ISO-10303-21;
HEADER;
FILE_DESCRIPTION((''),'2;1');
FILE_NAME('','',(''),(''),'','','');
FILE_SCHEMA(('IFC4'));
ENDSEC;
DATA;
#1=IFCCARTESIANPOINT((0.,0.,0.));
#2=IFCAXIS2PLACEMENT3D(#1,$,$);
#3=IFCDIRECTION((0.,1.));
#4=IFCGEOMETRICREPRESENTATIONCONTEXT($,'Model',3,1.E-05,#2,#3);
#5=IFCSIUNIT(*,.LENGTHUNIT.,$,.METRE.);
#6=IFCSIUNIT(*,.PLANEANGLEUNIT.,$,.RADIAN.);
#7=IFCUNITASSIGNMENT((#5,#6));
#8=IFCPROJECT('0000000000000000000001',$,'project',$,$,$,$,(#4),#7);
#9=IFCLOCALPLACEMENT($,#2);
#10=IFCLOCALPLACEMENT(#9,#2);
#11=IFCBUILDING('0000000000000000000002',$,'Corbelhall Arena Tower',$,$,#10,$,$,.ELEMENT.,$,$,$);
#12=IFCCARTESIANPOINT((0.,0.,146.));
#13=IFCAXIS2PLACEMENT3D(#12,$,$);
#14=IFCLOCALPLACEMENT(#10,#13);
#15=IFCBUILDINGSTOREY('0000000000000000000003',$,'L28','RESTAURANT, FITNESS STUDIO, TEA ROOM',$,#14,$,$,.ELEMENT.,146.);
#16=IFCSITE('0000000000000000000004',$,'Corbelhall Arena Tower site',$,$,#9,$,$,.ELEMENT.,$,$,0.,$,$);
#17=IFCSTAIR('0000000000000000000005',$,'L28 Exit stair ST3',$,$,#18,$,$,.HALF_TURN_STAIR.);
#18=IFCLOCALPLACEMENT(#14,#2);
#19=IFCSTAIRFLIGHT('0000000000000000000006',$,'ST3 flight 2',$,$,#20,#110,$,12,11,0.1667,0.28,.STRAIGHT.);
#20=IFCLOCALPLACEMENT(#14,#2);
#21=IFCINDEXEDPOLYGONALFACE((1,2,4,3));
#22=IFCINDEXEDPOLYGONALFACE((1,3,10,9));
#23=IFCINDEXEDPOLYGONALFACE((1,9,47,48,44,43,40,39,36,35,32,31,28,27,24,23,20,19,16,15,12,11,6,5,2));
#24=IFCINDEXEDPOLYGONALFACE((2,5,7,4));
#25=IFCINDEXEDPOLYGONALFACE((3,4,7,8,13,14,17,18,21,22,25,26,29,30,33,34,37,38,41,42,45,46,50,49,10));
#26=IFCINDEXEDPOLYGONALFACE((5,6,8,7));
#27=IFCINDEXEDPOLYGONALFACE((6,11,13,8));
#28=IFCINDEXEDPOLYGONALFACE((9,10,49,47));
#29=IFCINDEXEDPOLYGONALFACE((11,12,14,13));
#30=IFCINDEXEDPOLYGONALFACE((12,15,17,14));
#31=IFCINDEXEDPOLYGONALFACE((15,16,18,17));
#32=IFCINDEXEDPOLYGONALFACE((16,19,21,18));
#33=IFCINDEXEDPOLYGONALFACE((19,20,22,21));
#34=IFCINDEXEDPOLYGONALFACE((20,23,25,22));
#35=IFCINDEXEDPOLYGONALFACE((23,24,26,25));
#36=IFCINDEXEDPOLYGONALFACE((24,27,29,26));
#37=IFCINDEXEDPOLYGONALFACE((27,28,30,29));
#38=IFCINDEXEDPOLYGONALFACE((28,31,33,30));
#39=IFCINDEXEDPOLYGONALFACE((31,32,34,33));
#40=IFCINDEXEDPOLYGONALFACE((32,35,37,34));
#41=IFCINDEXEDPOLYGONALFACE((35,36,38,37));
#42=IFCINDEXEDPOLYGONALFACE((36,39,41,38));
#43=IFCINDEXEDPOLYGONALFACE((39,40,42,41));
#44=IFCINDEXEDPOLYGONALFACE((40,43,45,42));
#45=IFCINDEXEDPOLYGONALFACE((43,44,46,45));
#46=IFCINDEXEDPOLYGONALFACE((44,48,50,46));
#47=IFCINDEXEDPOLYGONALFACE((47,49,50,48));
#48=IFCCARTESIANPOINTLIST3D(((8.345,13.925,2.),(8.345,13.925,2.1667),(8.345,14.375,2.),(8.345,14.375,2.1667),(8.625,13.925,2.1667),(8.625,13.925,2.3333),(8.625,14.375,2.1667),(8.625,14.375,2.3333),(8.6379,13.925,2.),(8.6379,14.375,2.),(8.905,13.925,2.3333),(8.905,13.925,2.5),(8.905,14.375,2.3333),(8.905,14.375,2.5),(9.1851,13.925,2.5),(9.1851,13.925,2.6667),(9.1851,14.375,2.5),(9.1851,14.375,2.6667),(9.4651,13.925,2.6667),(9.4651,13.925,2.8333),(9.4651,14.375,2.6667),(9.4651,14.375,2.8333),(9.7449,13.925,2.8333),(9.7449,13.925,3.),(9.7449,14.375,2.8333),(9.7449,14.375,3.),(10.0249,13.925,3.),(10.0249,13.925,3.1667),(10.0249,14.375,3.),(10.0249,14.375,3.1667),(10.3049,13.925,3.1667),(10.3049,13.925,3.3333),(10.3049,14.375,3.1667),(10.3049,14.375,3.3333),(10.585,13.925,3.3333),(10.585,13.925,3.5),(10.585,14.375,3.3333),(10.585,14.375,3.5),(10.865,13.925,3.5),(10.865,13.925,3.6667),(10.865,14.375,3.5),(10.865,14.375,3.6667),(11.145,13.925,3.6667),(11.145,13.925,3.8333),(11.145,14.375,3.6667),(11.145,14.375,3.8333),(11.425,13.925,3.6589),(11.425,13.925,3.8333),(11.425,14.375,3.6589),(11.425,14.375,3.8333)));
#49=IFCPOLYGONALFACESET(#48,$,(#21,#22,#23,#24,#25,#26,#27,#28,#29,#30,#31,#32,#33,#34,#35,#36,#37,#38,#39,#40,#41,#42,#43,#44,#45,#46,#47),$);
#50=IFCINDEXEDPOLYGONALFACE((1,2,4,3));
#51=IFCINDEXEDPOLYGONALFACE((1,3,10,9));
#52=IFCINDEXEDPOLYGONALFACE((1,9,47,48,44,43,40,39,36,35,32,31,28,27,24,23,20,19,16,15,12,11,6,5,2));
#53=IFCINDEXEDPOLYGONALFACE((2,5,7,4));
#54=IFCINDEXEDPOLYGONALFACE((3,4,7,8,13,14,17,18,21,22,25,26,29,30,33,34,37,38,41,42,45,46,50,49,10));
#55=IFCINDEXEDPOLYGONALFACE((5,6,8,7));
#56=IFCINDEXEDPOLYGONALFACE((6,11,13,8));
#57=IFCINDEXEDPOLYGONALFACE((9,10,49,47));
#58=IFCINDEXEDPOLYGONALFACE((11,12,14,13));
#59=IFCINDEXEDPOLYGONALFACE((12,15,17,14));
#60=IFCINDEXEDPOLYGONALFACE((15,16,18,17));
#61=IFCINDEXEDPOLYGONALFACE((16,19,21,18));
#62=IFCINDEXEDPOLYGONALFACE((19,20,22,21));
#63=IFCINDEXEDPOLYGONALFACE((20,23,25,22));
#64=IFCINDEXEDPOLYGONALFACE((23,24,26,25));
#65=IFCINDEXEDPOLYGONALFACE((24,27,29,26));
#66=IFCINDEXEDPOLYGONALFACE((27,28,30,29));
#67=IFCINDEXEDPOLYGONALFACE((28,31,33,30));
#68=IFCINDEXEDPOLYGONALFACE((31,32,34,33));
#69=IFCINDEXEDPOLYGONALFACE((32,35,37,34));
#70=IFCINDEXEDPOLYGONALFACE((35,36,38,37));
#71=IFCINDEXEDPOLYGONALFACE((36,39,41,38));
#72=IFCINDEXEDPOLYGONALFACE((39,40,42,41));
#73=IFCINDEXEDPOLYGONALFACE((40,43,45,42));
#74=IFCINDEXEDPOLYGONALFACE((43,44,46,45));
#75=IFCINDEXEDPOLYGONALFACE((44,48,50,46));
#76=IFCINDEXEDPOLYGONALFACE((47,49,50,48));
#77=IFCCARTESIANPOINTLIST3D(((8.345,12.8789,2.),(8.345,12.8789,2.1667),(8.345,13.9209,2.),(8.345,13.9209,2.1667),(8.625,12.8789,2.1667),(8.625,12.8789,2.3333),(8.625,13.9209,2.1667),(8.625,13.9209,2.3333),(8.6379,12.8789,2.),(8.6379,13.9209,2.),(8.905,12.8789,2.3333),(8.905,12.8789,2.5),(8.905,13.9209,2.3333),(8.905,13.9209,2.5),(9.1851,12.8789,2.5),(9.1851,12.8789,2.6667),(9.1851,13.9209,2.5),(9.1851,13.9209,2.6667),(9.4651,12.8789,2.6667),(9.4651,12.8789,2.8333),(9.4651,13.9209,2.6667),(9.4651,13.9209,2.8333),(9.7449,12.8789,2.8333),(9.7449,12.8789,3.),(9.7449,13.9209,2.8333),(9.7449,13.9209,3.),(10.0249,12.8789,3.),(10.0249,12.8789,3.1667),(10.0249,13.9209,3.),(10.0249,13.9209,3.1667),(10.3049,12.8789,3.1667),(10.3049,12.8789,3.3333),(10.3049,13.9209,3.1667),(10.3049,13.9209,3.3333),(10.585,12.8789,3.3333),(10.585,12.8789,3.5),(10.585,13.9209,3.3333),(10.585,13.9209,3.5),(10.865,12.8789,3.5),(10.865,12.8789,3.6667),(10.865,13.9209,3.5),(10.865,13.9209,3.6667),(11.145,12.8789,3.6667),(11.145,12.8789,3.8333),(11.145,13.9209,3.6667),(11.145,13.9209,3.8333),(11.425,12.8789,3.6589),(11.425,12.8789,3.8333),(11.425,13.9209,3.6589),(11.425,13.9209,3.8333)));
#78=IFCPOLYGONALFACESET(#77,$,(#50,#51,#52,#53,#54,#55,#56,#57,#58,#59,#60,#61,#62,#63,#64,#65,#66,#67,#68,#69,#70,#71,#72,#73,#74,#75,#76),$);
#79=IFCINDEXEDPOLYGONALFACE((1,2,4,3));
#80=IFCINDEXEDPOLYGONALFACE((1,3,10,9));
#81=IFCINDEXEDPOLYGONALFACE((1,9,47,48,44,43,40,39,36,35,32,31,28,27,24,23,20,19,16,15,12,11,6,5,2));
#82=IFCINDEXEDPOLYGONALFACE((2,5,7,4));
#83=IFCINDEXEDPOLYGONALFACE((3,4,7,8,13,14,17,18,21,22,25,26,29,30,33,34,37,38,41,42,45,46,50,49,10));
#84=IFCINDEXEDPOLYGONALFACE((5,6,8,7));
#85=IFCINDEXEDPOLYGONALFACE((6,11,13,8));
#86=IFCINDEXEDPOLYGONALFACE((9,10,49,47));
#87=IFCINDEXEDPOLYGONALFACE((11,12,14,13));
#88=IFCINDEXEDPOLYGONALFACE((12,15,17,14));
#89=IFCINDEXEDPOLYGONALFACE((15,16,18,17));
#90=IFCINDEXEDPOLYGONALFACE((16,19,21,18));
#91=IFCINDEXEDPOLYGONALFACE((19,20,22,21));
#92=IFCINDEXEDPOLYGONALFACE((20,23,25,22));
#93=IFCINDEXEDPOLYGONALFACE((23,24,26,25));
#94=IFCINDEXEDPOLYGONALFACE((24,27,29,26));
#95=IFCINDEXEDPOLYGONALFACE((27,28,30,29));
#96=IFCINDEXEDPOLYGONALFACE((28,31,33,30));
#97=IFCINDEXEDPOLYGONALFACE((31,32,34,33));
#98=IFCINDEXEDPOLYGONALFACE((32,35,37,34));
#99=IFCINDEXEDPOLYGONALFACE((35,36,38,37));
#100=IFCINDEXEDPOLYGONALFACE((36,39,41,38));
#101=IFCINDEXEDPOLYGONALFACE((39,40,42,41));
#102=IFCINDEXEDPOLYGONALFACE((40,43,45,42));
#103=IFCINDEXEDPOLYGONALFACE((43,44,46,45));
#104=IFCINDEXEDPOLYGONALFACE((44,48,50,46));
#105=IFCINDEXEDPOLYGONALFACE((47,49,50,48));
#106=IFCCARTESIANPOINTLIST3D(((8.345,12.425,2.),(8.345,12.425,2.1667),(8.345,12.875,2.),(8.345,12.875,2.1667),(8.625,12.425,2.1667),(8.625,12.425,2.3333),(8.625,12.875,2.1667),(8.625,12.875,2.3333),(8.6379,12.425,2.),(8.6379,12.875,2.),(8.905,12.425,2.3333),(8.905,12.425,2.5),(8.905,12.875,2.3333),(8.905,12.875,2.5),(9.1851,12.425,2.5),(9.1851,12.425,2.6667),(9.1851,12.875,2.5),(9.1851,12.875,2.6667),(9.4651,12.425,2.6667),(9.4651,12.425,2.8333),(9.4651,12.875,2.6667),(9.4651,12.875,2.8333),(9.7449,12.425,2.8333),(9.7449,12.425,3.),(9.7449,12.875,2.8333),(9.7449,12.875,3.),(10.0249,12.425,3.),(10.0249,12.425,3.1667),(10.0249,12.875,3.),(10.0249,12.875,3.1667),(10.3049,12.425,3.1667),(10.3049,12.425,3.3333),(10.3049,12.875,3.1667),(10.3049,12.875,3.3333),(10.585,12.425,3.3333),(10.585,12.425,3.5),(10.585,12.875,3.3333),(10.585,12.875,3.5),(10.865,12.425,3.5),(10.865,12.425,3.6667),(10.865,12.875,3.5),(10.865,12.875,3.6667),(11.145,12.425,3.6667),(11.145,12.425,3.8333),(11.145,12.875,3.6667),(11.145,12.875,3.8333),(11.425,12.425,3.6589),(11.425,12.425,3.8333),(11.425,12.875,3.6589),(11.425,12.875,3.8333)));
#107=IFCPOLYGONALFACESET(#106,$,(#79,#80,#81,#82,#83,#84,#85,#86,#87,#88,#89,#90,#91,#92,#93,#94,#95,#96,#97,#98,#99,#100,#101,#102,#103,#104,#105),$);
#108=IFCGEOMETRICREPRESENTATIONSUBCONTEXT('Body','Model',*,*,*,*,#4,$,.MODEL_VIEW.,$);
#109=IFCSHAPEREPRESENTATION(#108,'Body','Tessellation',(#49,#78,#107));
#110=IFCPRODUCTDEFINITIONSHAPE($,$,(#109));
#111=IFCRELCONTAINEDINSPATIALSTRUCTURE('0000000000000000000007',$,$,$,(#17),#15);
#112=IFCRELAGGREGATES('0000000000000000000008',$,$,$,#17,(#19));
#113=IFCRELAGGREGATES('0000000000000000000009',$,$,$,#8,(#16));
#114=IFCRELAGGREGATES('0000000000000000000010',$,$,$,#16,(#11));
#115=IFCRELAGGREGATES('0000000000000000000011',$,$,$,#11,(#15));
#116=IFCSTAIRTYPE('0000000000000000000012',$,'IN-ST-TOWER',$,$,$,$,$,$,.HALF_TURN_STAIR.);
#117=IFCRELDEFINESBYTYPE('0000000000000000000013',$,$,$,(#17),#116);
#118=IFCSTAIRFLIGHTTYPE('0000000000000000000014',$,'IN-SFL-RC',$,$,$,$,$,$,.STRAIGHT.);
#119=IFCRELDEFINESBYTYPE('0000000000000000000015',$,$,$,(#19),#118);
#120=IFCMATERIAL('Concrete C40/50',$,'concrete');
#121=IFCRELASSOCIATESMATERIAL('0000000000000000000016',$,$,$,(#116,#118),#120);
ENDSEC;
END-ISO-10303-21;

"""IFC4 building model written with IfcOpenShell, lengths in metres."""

from ifc_helpers import new_model, si_unit, direction, frame, origin, place, context, subcontext, project, spatial, polyline, outline, extrude, material, type_object, element, aggregate, save


model = new_model("IFC4")

# Units and contexts
model_context = context("Model", 3, precision=1e-05, world=origin(), true_north=direction((0.0, 1.0)))
body_context = subcontext(model_context, "Body", "Model", "MODEL_VIEW")
ifc_project = project(units=[si_unit("LENGTHUNIT", "METRE"), si_unit("PLANEANGLEUNIT", "RADIAN")], contexts=[model_context])

# Site, building, storey
site_placement = place(None, origin())
site = spatial("IfcSite", under=ifc_project, at=site_placement, Name="Corbelhall Arena Tower site", CompositionType="ELEMENT", RefElevation=0.0)
building_placement = place(site_placement, origin())
building = spatial("IfcBuilding", under=site, at=building_placement, Name="Corbelhall Arena Tower", CompositionType="ELEMENT")
storey_placement = place(building_placement, frame((0.0, 0.0, 146.0)))
storey = spatial("IfcBuildingStorey", under=building, at=storey_placement, Name="L28", Description="RESTAURANT, FITNESS STUDIO, TEA ROOM", CompositionType="ELEMENT", Elevation=146.0)

# Shared definitions
ifc_material_1 = material(Name="Concrete C40/50", Category="concrete")

# Stair, stair flight
stair_type = type_object("IfcStairType", Name="IN-ST-TOWER", PredefinedType="HALF_TURN_STAIR", material=ifc_material_1)
stair_placement = place(storey_placement, origin())
stair = element("IfcStair", 1, at=stair_placement, inside=storey, type_object=stair_type, Name="L28 Exit stair ST3", PredefinedType="HALF_TURN_STAIR")
stair_flight_type = type_object("IfcStairFlightType", Name="IN-SFL-RC", PredefinedType="STRAIGHT", material=ifc_material_1)
stair_flight_1_placement = place(storey_placement, frame((8.345, 13.3999, 2.0), z_axis=(0.0, 0.0, 1.0), x_axis=(1.0, 0.0, 0.0)))
stair_flight_1 = element("IfcStairFlight", 2, at=stair_flight_1_placement, type_object=stair_flight_type, Name="ST3 flight 2", NumberOfRisers=12, NumberOfTreads=11, PredefinedType="STRAIGHT", RiserHeight=0.1667, TreadLength=0.28, context=body_context, shape_type="SweptSolid", body=[
    extrude(outline(polyline([(0.0, 0.0), (0.0, 0.1667), (0.28, 0.1667), (0.28, 0.3333), (0.5601, 0.3333), (0.5601, 0.5), (0.8401, 0.5), (0.8401, 0.6667), (1.1201, 0.6667), (1.1201, 0.8333), (1.3999, 0.8333), (1.3999, 1.0), (1.6799, 1.0), (1.6799, 1.1667), (1.96, 1.1667), (1.96, 1.3333), (2.24, 1.3333), (2.24, 1.5), (2.52, 1.5), (2.52, 1.6667), (2.8, 1.6667), (2.8, 1.8333), (3.0801, 1.8333), (3.0801, 2.0), (3.0801, 1.6589), (0.293, 0.0), (0.0, 0.0)])), frame((0.0, 0.9751, 0.0), z_axis=(0.0, -1.0, 0.0), x_axis=(1.0, 0.0, 0.0)), (0.0, 0.0, 1.0), 0.45),
    extrude(outline(polyline([(0.0, 0.0), (0.0, 0.1667), (0.28, 0.1667), (0.28, 0.3333), (0.5601, 0.3333), (0.5601, 0.5), (0.8401, 0.5), (0.8401, 0.6667), (1.1201, 0.6667), (1.1201, 0.8333), (1.3999, 0.8333), (1.3999, 1.0), (1.6799, 1.0), (1.6799, 1.1667), (1.96, 1.1667), (1.96, 1.3333), (2.24, 1.3333), (2.24, 1.5), (2.52, 1.5), (2.52, 1.6667), (2.8, 1.6667), (2.8, 1.8333), (3.0801, 1.8333), (3.0801, 2.0), (3.0801, 1.6589), (0.293, 0.0), (0.0, 0.0)])), frame((0.0, 0.521, 0.0), z_axis=(0.0, -1.0, 0.0), x_axis=(1.0, 0.0, 0.0)), (0.0, 0.0, 1.0), 1.042),
    extrude(outline(polyline([(0.0, 0.0), (0.0, 0.1667), (0.28, 0.1667), (0.28, 0.3333), (0.5601, 0.3333), (0.5601, 0.5), (0.8401, 0.5), (0.8401, 0.6667), (1.1201, 0.6667), (1.1201, 0.8333), (1.3999, 0.8333), (1.3999, 1.0), (1.6799, 1.0), (1.6799, 1.1667), (1.96, 1.1667), (1.96, 1.3333), (2.24, 1.3333), (2.24, 1.5), (2.52, 1.5), (2.52, 1.6667), (2.8, 1.6667), (2.8, 1.8333), (3.0801, 1.8333), (3.0801, 2.0), (3.0801, 1.6589), (0.293, 0.0), (0.0, 0.0)])), frame((0.0, -0.5249, 0.0), z_axis=(0.0, -1.0, 0.0), x_axis=(1.0, 0.0, 0.0)), (0.0, 0.0, 1.0), 0.45),
])
aggregate(stair, [stair_flight_1])

save(model, "model.ifc")
